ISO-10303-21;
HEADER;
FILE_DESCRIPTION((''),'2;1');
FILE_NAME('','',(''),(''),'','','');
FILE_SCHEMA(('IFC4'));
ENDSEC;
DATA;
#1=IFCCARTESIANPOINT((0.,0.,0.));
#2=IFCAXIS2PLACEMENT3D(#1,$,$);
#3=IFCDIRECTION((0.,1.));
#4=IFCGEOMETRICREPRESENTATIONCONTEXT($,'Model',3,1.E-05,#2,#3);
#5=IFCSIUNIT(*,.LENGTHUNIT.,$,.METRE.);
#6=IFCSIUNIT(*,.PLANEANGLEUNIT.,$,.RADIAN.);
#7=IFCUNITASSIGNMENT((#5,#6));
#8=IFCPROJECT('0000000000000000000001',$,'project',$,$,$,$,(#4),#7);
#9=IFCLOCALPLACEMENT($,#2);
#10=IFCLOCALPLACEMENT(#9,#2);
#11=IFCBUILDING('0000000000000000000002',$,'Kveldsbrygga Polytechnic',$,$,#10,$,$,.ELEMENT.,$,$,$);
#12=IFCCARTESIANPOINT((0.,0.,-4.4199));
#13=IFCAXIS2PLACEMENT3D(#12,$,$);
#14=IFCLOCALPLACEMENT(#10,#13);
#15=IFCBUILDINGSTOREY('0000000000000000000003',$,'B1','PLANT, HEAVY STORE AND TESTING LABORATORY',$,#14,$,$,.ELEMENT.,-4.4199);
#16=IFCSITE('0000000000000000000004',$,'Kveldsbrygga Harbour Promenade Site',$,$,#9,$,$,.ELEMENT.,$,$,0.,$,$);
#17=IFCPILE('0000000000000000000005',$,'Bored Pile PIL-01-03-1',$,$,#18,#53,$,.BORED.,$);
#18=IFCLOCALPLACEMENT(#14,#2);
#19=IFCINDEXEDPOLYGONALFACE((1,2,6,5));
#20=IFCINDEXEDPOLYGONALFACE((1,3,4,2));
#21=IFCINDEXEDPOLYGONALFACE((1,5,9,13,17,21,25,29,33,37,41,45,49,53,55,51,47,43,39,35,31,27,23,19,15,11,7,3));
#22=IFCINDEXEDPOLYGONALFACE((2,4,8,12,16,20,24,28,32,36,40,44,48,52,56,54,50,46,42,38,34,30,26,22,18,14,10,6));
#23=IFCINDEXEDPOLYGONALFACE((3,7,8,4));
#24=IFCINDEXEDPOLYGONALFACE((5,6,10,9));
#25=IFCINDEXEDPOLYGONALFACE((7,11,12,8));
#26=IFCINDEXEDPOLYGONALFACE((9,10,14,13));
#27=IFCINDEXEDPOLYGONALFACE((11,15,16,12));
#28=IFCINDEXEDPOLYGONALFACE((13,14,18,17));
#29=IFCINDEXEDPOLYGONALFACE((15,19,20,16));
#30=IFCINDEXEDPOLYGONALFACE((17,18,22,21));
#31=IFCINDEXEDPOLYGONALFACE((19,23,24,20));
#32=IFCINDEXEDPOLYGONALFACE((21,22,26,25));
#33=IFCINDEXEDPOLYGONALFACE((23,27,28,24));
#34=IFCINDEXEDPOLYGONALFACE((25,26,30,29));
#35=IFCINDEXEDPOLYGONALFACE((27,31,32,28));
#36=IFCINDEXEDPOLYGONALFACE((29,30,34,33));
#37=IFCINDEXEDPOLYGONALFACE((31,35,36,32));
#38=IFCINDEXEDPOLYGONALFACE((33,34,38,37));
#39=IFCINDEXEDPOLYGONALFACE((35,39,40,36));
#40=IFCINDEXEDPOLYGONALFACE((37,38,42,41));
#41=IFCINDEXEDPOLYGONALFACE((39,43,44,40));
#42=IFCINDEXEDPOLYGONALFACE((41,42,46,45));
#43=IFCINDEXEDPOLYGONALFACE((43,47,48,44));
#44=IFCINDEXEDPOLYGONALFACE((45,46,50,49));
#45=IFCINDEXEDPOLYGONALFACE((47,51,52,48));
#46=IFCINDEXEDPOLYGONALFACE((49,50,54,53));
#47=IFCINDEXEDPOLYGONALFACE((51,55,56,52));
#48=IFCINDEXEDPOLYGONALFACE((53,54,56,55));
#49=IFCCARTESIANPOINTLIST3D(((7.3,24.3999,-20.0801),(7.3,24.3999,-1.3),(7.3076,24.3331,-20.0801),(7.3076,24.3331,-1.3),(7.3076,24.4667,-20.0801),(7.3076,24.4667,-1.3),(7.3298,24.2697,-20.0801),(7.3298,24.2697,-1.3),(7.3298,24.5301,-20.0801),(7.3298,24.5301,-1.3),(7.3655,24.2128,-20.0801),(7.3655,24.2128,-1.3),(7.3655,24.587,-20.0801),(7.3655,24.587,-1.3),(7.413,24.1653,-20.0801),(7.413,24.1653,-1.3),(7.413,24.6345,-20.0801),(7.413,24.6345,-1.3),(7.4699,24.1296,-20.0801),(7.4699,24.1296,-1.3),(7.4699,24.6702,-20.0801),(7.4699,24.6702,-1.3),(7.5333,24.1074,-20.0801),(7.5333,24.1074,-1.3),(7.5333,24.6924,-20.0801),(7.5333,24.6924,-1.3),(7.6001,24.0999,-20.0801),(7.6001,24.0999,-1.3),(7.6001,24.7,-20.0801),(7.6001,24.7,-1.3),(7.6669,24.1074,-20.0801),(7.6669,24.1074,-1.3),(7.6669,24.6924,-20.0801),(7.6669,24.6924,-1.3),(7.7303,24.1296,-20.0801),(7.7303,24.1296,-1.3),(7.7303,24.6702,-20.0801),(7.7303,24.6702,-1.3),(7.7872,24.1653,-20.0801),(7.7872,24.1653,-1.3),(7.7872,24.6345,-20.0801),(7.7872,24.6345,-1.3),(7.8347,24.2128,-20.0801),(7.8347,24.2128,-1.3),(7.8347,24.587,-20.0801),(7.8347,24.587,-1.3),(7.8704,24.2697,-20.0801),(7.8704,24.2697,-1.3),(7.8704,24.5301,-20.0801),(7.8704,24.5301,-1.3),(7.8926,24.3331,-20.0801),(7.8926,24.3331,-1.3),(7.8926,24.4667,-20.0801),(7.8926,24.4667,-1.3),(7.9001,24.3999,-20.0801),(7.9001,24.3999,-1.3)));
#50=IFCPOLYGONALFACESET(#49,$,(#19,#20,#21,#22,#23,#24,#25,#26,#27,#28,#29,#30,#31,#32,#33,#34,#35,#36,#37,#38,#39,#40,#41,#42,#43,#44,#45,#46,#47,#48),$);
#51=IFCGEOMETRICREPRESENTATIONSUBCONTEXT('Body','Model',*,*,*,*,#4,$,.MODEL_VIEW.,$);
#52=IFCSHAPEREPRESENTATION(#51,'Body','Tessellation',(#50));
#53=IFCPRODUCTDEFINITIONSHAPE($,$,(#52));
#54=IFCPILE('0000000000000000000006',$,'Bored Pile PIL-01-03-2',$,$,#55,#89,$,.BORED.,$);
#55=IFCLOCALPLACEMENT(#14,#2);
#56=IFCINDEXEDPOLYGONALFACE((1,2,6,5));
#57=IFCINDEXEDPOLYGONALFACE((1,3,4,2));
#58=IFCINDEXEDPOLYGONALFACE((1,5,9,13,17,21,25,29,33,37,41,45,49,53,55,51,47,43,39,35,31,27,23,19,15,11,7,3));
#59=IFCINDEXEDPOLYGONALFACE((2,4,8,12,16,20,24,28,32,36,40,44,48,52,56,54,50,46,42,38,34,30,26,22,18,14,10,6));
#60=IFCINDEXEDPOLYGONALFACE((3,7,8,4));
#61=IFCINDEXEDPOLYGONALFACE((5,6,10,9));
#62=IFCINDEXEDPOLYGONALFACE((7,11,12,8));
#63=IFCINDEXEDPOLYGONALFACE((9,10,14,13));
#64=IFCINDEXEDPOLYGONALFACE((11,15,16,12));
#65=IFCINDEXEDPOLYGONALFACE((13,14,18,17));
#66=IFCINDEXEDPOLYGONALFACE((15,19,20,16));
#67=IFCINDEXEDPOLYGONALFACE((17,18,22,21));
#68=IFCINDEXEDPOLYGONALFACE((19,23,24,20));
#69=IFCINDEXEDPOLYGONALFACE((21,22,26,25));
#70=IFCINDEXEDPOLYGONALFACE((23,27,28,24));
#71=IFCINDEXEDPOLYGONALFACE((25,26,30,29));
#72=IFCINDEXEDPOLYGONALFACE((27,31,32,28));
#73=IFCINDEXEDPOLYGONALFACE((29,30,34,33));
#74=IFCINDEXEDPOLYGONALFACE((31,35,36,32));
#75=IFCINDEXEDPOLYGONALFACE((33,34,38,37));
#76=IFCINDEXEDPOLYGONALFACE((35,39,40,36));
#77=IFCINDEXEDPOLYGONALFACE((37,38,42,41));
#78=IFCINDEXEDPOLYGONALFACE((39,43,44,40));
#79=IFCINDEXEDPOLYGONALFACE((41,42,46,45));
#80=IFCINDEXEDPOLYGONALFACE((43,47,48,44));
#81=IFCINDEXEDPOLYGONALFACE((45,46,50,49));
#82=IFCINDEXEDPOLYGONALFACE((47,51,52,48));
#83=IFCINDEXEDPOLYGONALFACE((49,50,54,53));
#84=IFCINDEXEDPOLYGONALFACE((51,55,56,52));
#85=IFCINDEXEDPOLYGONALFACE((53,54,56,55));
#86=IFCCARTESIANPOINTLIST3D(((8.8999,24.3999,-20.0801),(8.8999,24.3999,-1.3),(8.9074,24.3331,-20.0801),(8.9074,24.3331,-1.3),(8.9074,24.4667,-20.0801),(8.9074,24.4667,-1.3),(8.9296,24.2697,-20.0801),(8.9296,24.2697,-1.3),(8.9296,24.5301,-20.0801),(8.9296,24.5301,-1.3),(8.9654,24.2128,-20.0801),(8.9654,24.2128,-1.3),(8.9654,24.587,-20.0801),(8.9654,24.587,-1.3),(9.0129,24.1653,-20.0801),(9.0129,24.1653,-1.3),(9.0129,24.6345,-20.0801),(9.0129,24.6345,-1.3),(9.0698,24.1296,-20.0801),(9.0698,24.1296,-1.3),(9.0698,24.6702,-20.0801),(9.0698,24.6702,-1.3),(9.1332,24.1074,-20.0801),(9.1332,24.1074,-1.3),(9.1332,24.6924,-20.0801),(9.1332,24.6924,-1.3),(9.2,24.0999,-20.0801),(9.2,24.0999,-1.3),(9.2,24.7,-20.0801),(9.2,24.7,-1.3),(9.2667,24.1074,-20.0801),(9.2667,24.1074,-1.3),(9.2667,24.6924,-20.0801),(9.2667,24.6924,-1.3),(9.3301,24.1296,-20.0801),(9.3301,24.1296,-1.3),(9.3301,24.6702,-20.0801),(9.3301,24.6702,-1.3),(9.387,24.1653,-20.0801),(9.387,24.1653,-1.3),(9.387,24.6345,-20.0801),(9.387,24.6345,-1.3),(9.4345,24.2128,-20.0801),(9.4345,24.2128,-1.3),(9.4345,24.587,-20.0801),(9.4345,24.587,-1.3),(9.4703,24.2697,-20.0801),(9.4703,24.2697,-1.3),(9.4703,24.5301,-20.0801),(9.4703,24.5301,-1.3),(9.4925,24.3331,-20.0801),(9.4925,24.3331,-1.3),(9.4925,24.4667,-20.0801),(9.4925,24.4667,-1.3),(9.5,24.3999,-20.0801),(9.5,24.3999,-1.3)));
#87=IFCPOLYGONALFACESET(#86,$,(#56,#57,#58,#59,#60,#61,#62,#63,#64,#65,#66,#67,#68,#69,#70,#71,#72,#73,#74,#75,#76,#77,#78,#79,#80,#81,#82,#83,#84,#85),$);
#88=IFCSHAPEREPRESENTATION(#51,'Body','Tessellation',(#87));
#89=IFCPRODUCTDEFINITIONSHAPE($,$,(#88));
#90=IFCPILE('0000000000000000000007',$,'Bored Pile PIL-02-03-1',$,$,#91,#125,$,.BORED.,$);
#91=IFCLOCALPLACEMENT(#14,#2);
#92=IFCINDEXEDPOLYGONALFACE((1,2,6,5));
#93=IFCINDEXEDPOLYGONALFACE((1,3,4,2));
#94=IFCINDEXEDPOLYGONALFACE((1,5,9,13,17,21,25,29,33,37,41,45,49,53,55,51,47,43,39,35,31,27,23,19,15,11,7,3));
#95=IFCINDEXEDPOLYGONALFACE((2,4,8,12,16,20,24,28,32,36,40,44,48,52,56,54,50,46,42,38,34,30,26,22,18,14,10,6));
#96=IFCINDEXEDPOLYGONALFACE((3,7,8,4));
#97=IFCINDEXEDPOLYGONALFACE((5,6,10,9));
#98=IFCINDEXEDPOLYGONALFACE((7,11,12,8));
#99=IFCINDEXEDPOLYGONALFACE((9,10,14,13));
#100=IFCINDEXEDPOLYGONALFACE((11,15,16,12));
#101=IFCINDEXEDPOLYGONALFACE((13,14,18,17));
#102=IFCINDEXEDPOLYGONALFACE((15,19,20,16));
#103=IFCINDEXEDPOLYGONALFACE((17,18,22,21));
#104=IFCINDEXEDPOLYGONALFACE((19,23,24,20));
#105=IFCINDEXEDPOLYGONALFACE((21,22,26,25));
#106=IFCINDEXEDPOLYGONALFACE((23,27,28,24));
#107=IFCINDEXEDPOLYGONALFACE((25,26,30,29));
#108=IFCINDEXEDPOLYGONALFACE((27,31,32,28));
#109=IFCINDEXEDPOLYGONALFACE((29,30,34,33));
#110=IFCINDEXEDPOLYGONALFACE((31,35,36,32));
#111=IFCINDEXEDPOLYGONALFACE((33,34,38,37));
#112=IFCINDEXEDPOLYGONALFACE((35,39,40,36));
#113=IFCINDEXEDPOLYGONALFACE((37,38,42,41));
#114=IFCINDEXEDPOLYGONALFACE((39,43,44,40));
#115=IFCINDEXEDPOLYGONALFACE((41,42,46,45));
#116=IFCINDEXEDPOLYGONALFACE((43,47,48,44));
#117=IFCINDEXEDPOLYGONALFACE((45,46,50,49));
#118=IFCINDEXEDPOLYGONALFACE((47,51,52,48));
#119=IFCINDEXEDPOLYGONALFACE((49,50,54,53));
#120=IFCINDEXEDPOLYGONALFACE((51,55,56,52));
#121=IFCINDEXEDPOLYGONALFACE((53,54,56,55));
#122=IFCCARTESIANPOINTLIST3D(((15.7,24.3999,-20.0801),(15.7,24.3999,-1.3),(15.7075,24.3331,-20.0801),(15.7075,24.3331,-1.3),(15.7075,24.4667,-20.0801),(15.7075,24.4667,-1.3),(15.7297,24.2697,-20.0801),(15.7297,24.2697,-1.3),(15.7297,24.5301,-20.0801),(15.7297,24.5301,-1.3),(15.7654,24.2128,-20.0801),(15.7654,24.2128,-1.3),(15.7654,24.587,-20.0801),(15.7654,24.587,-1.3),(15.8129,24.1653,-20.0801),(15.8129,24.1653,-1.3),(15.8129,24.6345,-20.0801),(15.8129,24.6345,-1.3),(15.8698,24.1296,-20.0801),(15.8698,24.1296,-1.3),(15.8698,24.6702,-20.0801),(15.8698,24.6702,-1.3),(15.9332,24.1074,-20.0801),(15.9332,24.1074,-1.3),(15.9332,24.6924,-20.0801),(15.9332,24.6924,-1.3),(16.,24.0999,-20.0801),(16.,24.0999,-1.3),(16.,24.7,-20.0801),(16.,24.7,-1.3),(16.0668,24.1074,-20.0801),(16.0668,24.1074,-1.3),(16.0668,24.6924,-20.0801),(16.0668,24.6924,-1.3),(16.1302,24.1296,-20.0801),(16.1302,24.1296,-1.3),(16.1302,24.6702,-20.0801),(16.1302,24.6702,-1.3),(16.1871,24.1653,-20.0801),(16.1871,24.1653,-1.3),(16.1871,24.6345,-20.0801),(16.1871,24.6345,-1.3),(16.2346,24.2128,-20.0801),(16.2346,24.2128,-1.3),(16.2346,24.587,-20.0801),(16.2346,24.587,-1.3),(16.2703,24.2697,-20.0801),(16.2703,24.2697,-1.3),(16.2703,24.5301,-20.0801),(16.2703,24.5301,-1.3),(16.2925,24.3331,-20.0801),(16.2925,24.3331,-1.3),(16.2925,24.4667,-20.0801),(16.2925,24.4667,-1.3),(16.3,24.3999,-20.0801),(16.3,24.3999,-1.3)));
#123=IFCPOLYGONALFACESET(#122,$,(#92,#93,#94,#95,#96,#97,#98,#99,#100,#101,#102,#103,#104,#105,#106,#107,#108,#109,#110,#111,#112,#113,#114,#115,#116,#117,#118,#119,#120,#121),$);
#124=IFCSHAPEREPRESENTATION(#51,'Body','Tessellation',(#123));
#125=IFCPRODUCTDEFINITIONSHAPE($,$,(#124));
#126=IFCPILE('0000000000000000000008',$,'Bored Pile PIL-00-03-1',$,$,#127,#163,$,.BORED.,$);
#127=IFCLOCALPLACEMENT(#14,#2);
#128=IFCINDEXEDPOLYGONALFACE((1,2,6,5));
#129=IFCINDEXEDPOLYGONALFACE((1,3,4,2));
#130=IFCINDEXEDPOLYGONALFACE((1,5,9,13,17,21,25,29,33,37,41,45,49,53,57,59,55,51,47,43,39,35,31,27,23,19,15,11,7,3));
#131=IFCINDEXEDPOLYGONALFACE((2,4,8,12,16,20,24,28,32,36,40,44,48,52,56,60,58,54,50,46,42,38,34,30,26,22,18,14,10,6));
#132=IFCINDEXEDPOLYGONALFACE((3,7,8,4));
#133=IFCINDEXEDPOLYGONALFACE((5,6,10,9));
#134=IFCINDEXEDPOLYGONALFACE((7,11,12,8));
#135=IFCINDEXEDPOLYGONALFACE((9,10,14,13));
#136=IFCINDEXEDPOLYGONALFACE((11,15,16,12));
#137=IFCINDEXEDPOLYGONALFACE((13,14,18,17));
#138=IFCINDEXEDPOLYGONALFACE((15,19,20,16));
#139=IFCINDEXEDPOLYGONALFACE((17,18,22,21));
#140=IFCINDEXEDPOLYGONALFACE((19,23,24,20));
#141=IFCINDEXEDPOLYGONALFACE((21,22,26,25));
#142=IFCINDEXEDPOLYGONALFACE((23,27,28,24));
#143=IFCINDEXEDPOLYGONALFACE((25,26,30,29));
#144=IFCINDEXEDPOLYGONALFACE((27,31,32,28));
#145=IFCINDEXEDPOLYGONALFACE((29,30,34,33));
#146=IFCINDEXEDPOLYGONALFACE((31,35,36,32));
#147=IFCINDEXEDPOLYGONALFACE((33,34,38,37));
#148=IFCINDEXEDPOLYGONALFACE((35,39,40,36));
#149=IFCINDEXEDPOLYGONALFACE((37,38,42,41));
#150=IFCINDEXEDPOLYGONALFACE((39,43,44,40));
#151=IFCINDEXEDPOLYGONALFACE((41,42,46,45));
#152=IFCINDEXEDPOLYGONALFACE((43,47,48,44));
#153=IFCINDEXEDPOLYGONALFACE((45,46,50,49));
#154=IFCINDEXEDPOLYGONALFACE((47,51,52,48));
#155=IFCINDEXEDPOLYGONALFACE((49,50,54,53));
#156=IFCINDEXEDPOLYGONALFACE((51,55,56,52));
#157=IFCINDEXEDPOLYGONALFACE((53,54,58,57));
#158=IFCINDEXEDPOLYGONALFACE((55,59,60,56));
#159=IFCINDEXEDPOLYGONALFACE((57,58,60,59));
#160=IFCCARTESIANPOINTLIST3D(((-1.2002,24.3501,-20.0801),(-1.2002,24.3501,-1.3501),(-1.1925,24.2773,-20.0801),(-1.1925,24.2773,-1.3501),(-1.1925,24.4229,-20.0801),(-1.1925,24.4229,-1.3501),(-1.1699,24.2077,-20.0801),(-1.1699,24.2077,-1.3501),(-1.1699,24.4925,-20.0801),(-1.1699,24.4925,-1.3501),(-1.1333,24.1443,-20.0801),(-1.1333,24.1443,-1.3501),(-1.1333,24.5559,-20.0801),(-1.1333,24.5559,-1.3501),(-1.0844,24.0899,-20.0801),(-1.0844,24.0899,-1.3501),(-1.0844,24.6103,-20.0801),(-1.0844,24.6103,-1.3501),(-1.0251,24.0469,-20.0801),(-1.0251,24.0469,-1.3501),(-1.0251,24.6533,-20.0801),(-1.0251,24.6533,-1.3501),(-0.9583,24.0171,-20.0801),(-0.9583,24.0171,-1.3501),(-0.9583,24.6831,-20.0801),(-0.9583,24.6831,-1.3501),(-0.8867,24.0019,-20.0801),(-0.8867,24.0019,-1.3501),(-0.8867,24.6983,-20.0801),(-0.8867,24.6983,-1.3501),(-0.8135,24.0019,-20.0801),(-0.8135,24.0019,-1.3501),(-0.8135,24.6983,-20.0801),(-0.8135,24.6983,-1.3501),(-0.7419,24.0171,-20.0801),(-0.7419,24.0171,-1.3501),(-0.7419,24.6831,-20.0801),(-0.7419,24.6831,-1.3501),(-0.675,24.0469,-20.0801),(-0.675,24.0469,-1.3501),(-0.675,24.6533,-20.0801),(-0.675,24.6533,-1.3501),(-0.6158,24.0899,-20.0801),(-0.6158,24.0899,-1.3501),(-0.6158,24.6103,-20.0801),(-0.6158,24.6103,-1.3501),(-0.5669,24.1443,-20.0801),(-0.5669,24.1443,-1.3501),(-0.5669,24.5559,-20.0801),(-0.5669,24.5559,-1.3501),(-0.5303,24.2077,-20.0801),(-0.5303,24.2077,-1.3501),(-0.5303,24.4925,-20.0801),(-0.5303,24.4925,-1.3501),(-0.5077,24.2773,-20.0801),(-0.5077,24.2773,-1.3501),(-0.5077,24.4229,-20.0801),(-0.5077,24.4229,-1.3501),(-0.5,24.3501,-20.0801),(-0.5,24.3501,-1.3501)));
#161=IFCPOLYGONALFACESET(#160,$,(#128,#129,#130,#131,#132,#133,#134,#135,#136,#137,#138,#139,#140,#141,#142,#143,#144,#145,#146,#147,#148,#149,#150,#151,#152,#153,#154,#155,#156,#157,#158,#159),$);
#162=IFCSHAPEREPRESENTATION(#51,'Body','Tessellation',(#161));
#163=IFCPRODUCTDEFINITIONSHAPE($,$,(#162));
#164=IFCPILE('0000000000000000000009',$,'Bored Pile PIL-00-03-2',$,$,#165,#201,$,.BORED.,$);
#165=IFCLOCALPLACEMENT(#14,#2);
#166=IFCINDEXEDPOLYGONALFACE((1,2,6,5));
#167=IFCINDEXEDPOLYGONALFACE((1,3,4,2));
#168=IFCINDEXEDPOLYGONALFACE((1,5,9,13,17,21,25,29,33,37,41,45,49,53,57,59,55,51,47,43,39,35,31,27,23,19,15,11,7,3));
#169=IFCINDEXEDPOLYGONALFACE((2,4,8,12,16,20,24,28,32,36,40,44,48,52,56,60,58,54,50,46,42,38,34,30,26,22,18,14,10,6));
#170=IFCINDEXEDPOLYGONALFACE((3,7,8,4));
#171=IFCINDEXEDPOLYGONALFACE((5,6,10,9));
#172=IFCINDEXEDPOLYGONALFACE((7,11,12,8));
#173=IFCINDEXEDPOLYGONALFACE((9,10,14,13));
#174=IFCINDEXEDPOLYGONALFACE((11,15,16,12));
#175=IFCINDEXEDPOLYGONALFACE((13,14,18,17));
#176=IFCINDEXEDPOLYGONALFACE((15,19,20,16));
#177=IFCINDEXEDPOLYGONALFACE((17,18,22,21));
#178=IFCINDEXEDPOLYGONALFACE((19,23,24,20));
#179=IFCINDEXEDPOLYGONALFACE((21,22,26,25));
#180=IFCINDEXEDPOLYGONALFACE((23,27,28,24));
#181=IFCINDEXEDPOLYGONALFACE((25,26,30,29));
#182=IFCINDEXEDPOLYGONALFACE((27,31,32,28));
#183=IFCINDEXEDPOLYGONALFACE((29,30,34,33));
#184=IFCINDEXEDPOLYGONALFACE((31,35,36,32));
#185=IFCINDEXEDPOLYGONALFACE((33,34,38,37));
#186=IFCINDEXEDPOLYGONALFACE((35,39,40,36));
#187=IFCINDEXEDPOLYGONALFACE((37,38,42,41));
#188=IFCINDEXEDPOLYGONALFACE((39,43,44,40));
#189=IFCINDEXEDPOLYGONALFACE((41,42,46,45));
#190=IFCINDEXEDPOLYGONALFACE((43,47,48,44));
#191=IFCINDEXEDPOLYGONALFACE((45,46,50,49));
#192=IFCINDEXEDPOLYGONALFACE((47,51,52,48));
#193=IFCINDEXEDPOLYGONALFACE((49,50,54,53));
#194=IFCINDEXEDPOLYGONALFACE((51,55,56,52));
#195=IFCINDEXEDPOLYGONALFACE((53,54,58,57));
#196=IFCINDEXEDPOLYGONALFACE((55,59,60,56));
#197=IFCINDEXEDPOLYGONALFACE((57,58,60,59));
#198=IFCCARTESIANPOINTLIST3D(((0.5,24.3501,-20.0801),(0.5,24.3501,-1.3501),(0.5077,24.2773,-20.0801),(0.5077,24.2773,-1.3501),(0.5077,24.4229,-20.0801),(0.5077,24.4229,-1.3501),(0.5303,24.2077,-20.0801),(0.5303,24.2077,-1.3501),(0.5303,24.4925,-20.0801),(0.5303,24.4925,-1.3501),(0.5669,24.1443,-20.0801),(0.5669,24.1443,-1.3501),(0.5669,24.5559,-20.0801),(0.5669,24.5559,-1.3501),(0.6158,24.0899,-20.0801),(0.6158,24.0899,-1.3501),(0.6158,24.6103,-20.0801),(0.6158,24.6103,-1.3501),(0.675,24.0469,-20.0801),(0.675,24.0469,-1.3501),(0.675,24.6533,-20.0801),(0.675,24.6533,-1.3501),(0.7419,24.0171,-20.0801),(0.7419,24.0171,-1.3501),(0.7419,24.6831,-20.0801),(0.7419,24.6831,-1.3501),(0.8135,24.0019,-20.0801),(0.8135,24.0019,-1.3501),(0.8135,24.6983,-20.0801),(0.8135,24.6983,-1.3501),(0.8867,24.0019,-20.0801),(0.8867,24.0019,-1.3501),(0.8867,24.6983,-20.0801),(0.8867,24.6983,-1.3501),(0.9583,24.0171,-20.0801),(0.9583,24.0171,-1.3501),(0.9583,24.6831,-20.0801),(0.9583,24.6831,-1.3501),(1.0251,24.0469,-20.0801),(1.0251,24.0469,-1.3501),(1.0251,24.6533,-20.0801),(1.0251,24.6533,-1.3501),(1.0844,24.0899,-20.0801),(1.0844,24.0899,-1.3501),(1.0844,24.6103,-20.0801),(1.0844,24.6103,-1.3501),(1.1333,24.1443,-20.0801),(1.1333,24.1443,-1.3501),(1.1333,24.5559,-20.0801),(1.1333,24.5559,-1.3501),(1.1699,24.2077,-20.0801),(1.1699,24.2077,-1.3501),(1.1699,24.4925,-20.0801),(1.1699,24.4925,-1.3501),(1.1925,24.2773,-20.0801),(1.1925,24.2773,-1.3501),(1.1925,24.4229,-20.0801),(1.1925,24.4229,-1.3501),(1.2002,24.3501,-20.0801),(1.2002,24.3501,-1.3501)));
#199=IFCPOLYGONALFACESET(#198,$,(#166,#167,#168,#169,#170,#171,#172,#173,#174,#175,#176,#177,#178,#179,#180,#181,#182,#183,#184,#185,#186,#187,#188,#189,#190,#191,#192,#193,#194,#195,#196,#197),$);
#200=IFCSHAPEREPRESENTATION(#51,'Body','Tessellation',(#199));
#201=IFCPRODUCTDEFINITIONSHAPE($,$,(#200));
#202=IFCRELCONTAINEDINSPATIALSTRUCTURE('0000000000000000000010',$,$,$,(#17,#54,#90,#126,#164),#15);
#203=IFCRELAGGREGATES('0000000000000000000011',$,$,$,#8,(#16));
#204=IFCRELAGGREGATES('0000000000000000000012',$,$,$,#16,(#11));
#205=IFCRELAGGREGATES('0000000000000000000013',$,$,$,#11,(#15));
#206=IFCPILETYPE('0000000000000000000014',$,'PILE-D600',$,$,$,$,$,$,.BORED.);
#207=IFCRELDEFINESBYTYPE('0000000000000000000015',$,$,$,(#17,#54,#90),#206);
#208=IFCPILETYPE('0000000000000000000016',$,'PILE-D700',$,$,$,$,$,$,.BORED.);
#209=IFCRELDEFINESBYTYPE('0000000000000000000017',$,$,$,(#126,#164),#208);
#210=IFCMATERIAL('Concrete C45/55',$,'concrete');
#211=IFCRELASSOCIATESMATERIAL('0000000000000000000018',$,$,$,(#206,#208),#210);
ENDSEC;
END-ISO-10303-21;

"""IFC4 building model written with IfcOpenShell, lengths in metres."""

from ifc_helpers import new_model, si_unit, direction, frame, origin, origin_2d, place, context, subcontext, project, spatial, circle, extrude, material, material_profile, profile_set, type_object, element, save


model = new_model("IFC4")

# Units and contexts
model_context = context("Model", 3, precision=1e-05, world=origin(), true_north=direction((0.0, 1.0)))
body_context = subcontext(model_context, "Body", "Model", "MODEL_VIEW")
ifc_project = project(units=[si_unit("LENGTHUNIT", "METRE"), si_unit("PLANEANGLEUNIT", "RADIAN")], contexts=[model_context])

# Site, building, storey
site_placement = place(None, origin())
site = spatial("IfcSite", under=ifc_project, at=site_placement, Name="Kveldsbrygga Harbour Promenade Site", CompositionType="ELEMENT", RefElevation=0.0)
building_placement = place(site_placement, origin())
building = spatial("IfcBuilding", under=site, at=building_placement, Name="Kveldsbrygga Polytechnic", CompositionType="ELEMENT")
storey_placement = place(building_placement, frame((0.0, 0.0, -4.4199)))
storey = spatial("IfcBuildingStorey", under=building, at=storey_placement, Name="B1", Description="PLANT, HEAVY STORE AND TESTING LABORATORY", CompositionType="ELEMENT", Elevation=-4.4199)

# Piles
ifc_material_1 = material(Name="Concrete C45/55", Category="concrete")
ifc_material_profile_1 = material_profile(ifc_material_1, circle(Radius=0.3, at=origin_2d()), Name="PILE D600")
ifc_profile_set_1 = profile_set([ifc_material_profile_1], Name="Concrete C45/55")
pile_type_1 = type_object("IfcPileType", Name="PILE-D600", PredefinedType="BORED", material=ifc_profile_set_1)
for number, where, z_axis, x_axis, name in (
    (1, (7.6001, 24.3999, -1.3), (0.0, 0.0, -1.0), (1.0, 0.0, 0.0), "Bored Pile PIL-01-03-1"),
    (2, (9.2, 24.3999, -1.3), (0.0, 0.0, -1.0), (1.0, 0.0, 0.0), "Bored Pile PIL-01-03-2"),
    (3, (16.0, 24.3999, -1.3), (0.0, 0.0, -1.0), (1.0, 0.0, 0.0), "Bored Pile PIL-02-03-1"),
):
    element("IfcPile", number, at=place(storey_placement, frame(where, z_axis=z_axis, x_axis=x_axis)), inside=storey, type_object=pile_type_1, Name=name, PredefinedType="BORED", context=body_context, shape_type="SweptSolid", body=[
        extrude(circle(Radius=0.3, at=origin_2d()), origin(), (0.0, 0.0, 1.0), 18.78),
    ])
ifc_material_profile_2 = material_profile(ifc_material_1, circle(Radius=0.3501, at=origin_2d()), Name="PILE D700")
ifc_profile_set_2 = profile_set([ifc_material_profile_2], Name="Concrete C45/55")
pile_type_2 = type_object("IfcPileType", Name="PILE-D700", PredefinedType="BORED", material=ifc_profile_set_2)
for number, where, z_axis, x_axis, name in (
    (4, (-0.8501, 24.3501, -1.3501), (0.0, 0.0, -1.0), (1.0, 0.0, 0.0), "Bored Pile PIL-00-03-1"),
    (5, (0.8501, 24.3501, -1.3501), (0.0, 0.0, -1.0), (1.0, 0.0, 0.0), "Bored Pile PIL-00-03-2"),
):
    element("IfcPile", number, at=place(storey_placement, frame(where, z_axis=z_axis, x_axis=x_axis)), inside=storey, type_object=pile_type_2, Name=name, PredefinedType="BORED", context=body_context, shape_type="SweptSolid", body=[
        extrude(circle(Radius=0.3501, at=origin_2d()), origin(), (0.0, 0.0, 1.0), 18.73),
    ])

save(model, "model.ifc")
